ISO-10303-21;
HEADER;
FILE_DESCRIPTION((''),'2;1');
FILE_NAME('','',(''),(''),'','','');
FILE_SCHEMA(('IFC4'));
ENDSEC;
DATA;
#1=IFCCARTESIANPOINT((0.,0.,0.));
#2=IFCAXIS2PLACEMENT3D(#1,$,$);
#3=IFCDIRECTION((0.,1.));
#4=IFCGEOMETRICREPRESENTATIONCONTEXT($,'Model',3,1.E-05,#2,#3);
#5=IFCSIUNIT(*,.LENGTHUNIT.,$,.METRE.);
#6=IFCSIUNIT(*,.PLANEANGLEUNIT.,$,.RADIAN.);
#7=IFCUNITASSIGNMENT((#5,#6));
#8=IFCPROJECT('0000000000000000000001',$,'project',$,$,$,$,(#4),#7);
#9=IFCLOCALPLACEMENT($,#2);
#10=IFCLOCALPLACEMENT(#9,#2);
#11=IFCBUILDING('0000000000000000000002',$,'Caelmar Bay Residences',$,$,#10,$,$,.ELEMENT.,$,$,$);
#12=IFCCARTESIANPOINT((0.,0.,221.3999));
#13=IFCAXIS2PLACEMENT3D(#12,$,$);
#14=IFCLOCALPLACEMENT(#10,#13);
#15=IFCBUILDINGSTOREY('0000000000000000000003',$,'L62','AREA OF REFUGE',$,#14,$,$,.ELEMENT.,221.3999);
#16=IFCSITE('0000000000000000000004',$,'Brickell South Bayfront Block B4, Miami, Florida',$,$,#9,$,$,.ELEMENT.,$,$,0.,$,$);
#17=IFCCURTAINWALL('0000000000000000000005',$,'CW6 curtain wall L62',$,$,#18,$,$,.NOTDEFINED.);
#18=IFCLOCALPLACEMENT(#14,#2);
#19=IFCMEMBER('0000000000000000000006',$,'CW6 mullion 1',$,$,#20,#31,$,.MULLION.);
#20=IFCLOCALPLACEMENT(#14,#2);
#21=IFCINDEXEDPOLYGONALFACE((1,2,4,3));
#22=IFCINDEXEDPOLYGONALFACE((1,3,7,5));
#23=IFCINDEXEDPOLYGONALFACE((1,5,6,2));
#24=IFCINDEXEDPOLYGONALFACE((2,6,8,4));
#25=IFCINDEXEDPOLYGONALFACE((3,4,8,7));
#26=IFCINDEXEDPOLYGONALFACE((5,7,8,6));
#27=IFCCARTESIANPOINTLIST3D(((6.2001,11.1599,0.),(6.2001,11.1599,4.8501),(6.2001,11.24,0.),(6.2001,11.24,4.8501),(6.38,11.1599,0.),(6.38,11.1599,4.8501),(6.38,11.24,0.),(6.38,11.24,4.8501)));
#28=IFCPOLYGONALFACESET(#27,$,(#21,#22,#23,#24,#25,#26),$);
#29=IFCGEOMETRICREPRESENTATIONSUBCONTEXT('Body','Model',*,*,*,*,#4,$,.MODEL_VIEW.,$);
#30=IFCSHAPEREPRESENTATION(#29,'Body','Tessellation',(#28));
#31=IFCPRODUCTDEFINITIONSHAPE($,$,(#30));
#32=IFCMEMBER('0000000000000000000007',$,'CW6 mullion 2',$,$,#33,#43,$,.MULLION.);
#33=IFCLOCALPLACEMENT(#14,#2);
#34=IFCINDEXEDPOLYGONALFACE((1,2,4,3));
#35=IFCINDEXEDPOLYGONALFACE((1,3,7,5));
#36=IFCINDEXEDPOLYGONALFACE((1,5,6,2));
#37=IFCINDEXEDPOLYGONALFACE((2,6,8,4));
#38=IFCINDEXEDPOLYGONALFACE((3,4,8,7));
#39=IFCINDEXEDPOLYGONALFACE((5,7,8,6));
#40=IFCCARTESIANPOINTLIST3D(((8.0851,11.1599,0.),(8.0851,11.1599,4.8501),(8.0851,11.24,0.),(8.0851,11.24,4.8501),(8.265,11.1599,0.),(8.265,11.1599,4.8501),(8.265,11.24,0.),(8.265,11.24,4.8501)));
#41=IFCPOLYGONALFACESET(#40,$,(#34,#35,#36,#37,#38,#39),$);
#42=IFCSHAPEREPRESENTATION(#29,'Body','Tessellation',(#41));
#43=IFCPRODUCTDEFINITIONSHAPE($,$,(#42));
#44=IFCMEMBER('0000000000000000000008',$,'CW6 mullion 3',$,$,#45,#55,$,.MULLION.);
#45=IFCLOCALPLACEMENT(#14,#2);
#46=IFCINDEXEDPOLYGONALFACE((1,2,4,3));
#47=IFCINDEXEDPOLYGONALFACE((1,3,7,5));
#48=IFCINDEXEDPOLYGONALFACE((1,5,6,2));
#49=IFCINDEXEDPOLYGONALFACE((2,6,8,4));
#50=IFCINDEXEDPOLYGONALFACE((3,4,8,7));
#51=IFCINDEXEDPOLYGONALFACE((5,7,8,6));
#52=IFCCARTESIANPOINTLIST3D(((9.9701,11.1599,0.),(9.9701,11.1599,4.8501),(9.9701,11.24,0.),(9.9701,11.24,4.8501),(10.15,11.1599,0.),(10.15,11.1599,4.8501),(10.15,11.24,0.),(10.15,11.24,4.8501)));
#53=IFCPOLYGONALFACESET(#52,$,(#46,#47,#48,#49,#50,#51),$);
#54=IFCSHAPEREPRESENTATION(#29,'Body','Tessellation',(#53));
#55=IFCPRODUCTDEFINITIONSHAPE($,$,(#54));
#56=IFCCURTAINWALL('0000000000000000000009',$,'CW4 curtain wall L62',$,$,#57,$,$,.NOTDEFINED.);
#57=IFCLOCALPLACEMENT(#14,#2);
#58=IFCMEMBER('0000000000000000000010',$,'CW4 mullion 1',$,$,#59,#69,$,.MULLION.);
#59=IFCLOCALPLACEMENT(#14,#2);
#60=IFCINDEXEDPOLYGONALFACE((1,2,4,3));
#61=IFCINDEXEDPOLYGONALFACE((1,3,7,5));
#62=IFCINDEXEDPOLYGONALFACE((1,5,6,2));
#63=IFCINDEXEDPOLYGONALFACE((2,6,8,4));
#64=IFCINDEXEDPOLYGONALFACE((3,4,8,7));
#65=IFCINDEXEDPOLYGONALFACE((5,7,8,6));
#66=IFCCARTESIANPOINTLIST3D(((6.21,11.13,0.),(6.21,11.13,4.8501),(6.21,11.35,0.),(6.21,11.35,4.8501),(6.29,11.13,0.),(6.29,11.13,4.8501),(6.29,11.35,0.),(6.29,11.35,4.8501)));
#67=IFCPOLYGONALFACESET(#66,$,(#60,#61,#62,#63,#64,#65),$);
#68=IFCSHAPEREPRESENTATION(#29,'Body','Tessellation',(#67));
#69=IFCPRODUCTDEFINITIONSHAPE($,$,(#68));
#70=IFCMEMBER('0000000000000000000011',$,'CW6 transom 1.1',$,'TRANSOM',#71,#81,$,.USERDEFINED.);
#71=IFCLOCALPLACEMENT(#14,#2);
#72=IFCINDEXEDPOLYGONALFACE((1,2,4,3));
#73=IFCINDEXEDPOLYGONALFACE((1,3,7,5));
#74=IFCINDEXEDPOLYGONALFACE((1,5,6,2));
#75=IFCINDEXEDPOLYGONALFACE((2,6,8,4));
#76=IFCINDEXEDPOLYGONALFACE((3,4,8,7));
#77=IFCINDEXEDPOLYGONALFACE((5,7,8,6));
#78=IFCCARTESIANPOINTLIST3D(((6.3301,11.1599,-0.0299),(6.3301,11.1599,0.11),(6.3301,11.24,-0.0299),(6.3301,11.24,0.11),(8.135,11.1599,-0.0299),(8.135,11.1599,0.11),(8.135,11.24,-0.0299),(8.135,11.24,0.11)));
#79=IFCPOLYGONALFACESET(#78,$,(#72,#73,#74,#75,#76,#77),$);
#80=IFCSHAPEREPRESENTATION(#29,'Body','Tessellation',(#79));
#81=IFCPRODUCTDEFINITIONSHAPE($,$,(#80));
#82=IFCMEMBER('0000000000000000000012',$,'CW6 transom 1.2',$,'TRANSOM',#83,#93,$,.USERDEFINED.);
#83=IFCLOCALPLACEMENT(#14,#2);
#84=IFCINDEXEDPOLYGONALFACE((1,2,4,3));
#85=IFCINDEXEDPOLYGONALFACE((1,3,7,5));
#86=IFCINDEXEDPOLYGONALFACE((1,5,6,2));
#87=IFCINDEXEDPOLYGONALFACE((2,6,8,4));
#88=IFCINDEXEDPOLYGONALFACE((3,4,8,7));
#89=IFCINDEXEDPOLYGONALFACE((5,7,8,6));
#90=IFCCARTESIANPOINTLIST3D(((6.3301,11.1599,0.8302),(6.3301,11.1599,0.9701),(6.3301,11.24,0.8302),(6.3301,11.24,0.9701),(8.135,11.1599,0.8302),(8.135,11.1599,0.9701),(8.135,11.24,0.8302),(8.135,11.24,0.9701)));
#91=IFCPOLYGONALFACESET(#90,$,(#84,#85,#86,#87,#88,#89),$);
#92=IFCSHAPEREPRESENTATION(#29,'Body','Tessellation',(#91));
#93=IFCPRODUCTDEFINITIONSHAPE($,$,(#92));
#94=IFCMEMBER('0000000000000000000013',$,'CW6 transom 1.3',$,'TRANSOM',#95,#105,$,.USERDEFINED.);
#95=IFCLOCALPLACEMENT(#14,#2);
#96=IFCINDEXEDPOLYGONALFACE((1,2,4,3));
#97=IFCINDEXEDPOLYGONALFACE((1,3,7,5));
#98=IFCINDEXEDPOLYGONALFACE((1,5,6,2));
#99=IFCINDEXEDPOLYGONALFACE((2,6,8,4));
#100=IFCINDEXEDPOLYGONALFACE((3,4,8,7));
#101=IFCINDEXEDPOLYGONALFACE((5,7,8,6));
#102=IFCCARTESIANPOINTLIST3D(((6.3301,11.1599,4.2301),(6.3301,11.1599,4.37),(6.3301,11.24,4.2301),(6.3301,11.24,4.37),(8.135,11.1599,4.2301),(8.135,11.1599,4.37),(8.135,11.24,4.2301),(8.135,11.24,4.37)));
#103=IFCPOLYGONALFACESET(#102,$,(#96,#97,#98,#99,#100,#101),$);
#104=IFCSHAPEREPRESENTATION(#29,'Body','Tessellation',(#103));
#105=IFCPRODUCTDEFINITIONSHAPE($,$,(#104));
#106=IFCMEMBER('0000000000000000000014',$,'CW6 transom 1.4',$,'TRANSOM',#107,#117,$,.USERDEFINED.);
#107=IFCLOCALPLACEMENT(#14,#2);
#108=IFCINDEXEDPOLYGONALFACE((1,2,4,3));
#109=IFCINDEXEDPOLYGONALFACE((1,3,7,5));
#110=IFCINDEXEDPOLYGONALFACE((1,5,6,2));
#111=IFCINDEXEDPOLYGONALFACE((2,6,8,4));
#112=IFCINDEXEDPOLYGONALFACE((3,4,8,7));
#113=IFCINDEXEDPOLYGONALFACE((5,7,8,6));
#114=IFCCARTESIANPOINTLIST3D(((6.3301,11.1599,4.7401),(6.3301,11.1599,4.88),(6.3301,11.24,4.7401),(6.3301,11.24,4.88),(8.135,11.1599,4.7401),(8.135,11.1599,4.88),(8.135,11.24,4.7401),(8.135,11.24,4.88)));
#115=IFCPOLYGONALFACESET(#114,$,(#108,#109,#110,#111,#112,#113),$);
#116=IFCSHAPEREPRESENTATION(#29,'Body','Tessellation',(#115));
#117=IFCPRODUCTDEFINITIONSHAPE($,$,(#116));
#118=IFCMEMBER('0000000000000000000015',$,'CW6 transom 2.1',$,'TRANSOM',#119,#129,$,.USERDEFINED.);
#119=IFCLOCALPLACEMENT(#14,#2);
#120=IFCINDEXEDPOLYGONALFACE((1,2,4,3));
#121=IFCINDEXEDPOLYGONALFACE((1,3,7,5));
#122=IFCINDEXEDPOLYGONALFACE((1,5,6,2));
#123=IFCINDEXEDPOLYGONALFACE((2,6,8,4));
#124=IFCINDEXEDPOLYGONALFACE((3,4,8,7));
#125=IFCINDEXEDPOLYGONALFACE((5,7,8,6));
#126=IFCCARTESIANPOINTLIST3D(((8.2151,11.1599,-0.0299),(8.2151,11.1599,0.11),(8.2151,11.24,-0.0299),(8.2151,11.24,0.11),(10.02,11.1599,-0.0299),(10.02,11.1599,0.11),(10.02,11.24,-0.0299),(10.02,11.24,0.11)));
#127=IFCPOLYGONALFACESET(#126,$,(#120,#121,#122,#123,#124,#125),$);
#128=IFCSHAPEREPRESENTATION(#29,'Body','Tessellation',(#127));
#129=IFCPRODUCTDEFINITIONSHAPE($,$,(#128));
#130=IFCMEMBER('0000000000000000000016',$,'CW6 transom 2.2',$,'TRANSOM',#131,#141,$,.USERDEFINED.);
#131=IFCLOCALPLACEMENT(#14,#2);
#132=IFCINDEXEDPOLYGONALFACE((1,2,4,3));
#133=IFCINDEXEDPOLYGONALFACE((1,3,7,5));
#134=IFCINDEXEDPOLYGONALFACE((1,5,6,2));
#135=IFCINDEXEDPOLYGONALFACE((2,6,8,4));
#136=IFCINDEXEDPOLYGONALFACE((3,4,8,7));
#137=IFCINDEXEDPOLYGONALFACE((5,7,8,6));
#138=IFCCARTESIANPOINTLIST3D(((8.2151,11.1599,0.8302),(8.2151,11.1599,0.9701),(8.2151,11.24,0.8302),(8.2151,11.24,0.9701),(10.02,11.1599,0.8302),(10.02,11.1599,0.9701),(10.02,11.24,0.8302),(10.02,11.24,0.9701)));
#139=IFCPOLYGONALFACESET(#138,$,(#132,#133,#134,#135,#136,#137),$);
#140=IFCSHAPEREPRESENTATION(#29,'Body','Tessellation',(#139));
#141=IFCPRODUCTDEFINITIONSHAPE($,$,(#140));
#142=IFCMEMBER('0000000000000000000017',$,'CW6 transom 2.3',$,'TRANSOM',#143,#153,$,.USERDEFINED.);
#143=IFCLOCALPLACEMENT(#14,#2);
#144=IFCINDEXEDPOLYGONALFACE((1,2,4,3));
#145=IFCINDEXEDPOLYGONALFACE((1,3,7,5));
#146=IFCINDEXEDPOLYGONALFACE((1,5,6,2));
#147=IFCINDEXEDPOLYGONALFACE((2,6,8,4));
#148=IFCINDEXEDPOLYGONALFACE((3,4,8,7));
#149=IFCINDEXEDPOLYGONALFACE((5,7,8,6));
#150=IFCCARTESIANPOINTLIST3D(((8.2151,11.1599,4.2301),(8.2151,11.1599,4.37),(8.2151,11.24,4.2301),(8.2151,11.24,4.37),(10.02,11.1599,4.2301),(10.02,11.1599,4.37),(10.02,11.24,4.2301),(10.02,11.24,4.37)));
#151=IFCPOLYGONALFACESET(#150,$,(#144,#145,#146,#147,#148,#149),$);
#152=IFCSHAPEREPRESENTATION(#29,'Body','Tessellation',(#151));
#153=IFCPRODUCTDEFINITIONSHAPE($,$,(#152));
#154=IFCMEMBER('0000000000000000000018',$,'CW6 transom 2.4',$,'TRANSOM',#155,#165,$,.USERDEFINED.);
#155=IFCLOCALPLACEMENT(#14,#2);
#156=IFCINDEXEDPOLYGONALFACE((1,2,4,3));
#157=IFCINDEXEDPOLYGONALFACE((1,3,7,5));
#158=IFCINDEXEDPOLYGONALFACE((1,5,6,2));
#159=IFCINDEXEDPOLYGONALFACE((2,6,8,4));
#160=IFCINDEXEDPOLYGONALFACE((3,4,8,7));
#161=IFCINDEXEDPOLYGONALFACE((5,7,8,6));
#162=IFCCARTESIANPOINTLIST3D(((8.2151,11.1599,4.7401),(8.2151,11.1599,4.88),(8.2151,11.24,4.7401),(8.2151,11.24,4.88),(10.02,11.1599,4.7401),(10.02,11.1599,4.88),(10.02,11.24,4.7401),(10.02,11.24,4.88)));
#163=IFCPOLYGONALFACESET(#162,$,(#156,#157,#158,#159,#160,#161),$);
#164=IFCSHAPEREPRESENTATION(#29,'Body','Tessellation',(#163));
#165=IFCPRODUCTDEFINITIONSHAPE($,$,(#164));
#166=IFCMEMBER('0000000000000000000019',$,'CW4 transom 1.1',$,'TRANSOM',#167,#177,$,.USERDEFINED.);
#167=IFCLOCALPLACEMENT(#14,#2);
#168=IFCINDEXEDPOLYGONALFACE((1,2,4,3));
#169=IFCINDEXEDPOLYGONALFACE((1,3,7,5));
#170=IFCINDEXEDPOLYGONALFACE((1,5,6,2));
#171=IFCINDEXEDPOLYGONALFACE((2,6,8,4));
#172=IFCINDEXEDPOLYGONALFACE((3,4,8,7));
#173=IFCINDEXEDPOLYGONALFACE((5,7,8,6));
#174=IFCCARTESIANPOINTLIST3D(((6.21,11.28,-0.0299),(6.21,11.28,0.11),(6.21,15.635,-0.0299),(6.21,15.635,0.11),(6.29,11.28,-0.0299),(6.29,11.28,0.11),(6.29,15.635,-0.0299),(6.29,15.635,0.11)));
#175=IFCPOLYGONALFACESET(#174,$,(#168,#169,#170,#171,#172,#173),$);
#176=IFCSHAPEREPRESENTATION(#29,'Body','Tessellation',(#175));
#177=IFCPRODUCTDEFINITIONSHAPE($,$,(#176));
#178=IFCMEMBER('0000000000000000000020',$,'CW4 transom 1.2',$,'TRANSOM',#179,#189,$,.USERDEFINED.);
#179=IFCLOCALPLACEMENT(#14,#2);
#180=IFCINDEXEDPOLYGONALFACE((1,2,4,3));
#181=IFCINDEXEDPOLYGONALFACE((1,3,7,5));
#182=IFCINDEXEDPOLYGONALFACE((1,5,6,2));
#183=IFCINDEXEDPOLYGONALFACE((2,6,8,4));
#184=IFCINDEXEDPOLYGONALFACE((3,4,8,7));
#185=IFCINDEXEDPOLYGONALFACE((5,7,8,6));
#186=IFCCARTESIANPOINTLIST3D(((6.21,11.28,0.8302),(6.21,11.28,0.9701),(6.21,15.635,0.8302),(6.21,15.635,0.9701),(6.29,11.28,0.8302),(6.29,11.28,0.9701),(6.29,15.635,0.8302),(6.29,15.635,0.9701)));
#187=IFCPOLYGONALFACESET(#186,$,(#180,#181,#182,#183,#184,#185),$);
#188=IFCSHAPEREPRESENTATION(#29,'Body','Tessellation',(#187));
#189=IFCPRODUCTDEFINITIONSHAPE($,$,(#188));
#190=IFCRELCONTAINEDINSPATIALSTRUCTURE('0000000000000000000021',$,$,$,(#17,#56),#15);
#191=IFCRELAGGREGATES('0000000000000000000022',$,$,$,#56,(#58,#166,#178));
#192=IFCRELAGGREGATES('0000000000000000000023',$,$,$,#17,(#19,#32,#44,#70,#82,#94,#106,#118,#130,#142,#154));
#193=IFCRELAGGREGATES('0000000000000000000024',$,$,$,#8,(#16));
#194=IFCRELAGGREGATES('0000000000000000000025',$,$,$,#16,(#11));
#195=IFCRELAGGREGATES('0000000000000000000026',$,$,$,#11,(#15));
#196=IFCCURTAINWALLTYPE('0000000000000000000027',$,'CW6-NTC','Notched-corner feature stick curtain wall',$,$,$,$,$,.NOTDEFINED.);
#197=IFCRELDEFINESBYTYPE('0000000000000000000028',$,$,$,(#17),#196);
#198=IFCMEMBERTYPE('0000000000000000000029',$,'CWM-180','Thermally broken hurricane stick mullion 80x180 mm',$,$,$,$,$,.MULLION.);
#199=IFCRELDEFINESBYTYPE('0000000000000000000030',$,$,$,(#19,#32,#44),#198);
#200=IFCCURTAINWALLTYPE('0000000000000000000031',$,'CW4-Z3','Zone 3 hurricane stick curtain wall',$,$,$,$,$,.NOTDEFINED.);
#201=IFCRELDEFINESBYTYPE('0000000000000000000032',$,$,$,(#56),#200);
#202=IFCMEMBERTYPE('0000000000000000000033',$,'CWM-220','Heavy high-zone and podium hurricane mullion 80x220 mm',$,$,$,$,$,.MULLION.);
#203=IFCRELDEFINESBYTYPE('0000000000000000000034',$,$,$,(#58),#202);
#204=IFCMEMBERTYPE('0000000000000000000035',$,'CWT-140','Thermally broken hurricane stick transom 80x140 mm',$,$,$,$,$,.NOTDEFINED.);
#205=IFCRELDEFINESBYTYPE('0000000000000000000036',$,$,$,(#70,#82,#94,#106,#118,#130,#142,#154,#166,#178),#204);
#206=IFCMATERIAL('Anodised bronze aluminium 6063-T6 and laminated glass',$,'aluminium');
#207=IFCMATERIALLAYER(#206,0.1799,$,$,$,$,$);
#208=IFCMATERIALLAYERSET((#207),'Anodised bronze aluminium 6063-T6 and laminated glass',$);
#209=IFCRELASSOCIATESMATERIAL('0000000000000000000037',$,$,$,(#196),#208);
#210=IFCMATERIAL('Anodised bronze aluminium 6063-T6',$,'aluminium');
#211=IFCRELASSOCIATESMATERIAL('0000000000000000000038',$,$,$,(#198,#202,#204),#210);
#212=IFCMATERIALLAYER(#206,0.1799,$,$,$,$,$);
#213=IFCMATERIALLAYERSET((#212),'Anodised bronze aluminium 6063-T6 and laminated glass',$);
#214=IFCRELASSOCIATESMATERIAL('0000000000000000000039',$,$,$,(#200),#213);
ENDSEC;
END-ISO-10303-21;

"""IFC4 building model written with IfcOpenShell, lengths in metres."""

from ifc_helpers import new_model, si_unit, direction, frame, origin, origin_2d, place, context, subcontext, project, spatial, rectangle, extrude, material, layer, layer_set, material_profile, profile_set, type_object, element, aggregate, save


model = new_model("IFC4")

# Units and contexts
model_context = context("Model", 3, precision=1e-05, world=origin(), true_north=direction((0.0, 1.0)))
body_context = subcontext(model_context, "Body", "Model", "MODEL_VIEW")
ifc_project = project(units=[si_unit("LENGTHUNIT", "METRE"), si_unit("PLANEANGLEUNIT", "RADIAN")], contexts=[model_context])

# Site, building, storey
site_placement = place(None, origin())
site = spatial("IfcSite", under=ifc_project, at=site_placement, Name="Brickell South Bayfront Block B4, Miami, Florida", CompositionType="ELEMENT", RefElevation=0.0)
building_placement = place(site_placement, origin())
building = spatial("IfcBuilding", under=site, at=building_placement, Name="Caelmar Bay Residences", CompositionType="ELEMENT")
storey_placement = place(building_placement, frame((0.0, 0.0, 221.3999)))
storey = spatial("IfcBuildingStorey", under=building, at=storey_placement, Name="L62", Description="AREA OF REFUGE", CompositionType="ELEMENT", Elevation=221.3999)

# Curtain wall, members
ifc_material_1 = material(Name="Anodised bronze aluminium 6063-T6 and laminated glass", Category="aluminium")
ifc_layer_1 = layer(ifc_material_1, 0.1799)
ifc_layer_set_1 = layer_set([ifc_layer_1], Name="Anodised bronze aluminium 6063-T6 and laminated glass")
curtain_wall_type_1 = type_object("IfcCurtainWallType", Name="CW6-NTC", Description="Notched-corner feature stick curtain wall", PredefinedType="NOTDEFINED", material=ifc_layer_set_1)
curtain_wall_1_placement = place(storey_placement, origin())
curtain_wall_1 = element("IfcCurtainWall", 1, at=curtain_wall_1_placement, inside=storey, type_object=curtain_wall_type_1, Name="CW6 curtain wall L62", PredefinedType="NOTDEFINED")
ifc_material_2 = material(Name="Anodised bronze aluminium 6063-T6", Category="aluminium")
ifc_material_profile_1 = material_profile(ifc_material_2, rectangle(XDim=0.0801, YDim=0.1799, at=origin_2d()), Name="CWM-80X180")
ifc_profile_set_1 = profile_set([ifc_material_profile_1], Name="Anodised bronze aluminium 6063-T6")
member_type_1 = type_object("IfcMemberType", Name="CWM-180", Description="Thermally broken hurricane stick mullion 80x180 mm", PredefinedType="MULLION", material=ifc_profile_set_1)
member_1_placement = place(storey_placement, frame((6.29, 11.2, 0.0), z_axis=(0.0, 0.0, 1.0), x_axis=(0.0, 1.0, 0.0)))
member_1 = element("IfcMember", 2, at=member_1_placement, type_object=member_type_1, Name="CW6 mullion 1", PredefinedType="MULLION", context=body_context, shape_type="SweptSolid", body=[
    extrude(rectangle(XDim=0.0801, YDim=0.1799, at=origin_2d()), origin(), (0.0, 0.0, 1.0), 4.8501),
])
member_2_placement = place(storey_placement, frame((8.175, 11.2, 0.0), z_axis=(0.0, 0.0, 1.0), x_axis=(0.0, 1.0, 0.0)))
member_2 = element("IfcMember", 3, at=member_2_placement, type_object=member_type_1, Name="CW6 mullion 2", PredefinedType="MULLION", context=body_context, shape_type="SweptSolid", body=[
    extrude(rectangle(XDim=0.0801, YDim=0.1799, at=origin_2d()), origin(), (0.0, 0.0, 1.0), 4.8501),
])
member_3_placement = place(storey_placement, frame((10.0601, 11.2, 0.0), z_axis=(0.0, 0.0, 1.0), x_axis=(0.0, 1.0, 0.0)))
member_3 = element("IfcMember", 4, at=member_3_placement, type_object=member_type_1, Name="CW6 mullion 3", PredefinedType="MULLION", context=body_context, shape_type="SweptSolid", body=[
    extrude(rectangle(XDim=0.0801, YDim=0.1799, at=origin_2d()), origin(), (0.0, 0.0, 1.0), 4.8501),
])

# Curtain wall, member
ifc_layer_2 = layer(ifc_material_1, 0.1799)
ifc_layer_set_2 = layer_set([ifc_layer_2], Name="Anodised bronze aluminium 6063-T6 and laminated glass")
curtain_wall_type_2 = type_object("IfcCurtainWallType", Name="CW4-Z3", Description="Zone 3 hurricane stick curtain wall", PredefinedType="NOTDEFINED", material=ifc_layer_set_2)
curtain_wall_2_placement = place(storey_placement, origin())
curtain_wall_2 = element("IfcCurtainWall", 5, at=curtain_wall_2_placement, inside=storey, type_object=curtain_wall_type_2, Name="CW4 curtain wall L62", PredefinedType="NOTDEFINED")
ifc_material_profile_2 = material_profile(ifc_material_2, rectangle(XDim=0.0801, YDim=0.22, at=origin_2d()), Name="CWM-80X220")
ifc_profile_set_2 = profile_set([ifc_material_profile_2], Name="Anodised bronze aluminium 6063-T6")
member_type_2 = type_object("IfcMemberType", Name="CWM-220", Description="Heavy high-zone and podium hurricane mullion 80x220 mm", PredefinedType="MULLION", material=ifc_profile_set_2)
member_4_placement = place(storey_placement, frame((6.25, 11.24, 0.0), z_axis=(0.0, 0.0, 1.0), x_axis=(-1.0, 0.0, 0.0)))
member_4 = element("IfcMember", 6, at=member_4_placement, type_object=member_type_2, Name="CW4 mullion 1", PredefinedType="MULLION", context=body_context, shape_type="SweptSolid", body=[
    extrude(rectangle(XDim=0.0801, YDim=0.22, at=origin_2d()), origin(), (0.0, 0.0, 1.0), 4.8501),
])

# Members
ifc_material_profile_3 = material_profile(ifc_material_2, rectangle(XDim=0.0801, YDim=0.1399, at=origin_2d()), Name="CWT-80X140")
ifc_profile_set_3 = profile_set([ifc_material_profile_3], Name="Anodised bronze aluminium 6063-T6")
member_type_3 = type_object("IfcMemberType", Name="CWT-140", Description="Thermally broken hurricane stick transom 80x140 mm", PredefinedType="NOTDEFINED", material=ifc_profile_set_3)
member_5_placement = place(storey_placement, frame((6.3301, 11.2, 0.04), z_axis=(1.0, 0.0, 0.0), x_axis=(0.0, 1.0, 0.0)))
member_5 = element("IfcMember", 7, at=member_5_placement, type_object=member_type_3, Name="CW6 transom 1.1", ObjectType="TRANSOM", PredefinedType="USERDEFINED", context=body_context, shape_type="SweptSolid", body=[
    extrude(rectangle(XDim=0.0801, YDim=0.1399, at=origin_2d()), origin(), (0.0, 0.0, 1.0), 1.8049),
])
member_6_placement = place(storey_placement, frame((6.3301, 11.2, 0.9001), z_axis=(1.0, 0.0, 0.0), x_axis=(0.0, 1.0, 0.0)))
member_6 = element("IfcMember", 8, at=member_6_placement, type_object=member_type_3, Name="CW6 transom 1.2", ObjectType="TRANSOM", PredefinedType="USERDEFINED", context=body_context, shape_type="SweptSolid", body=[
    extrude(rectangle(XDim=0.0801, YDim=0.1399, at=origin_2d()), origin(), (0.0, 0.0, 1.0), 1.8049),
])
member_7_placement = place(storey_placement, frame((6.3301, 11.2, 4.3), z_axis=(1.0, 0.0, 0.0), x_axis=(0.0, 1.0, 0.0)))
member_7 = element("IfcMember", 9, at=member_7_placement, type_object=member_type_3, Name="CW6 transom 1.3", ObjectType="TRANSOM", PredefinedType="USERDEFINED", context=body_context, shape_type="SweptSolid", body=[
    extrude(rectangle(XDim=0.0801, YDim=0.1399, at=origin_2d()), origin(), (0.0, 0.0, 1.0), 1.8049),
])
member_8_placement = place(storey_placement, frame((6.3301, 11.2, 4.8101), z_axis=(1.0, 0.0, 0.0), x_axis=(0.0, 1.0, 0.0)))
member_8 = element("IfcMember", 10, at=member_8_placement, type_object=member_type_3, Name="CW6 transom 1.4", ObjectType="TRANSOM", PredefinedType="USERDEFINED", context=body_context, shape_type="SweptSolid", body=[
    extrude(rectangle(XDim=0.0801, YDim=0.1399, at=origin_2d()), origin(), (0.0, 0.0, 1.0), 1.8049),
])
member_9_placement = place(storey_placement, frame((8.2151, 11.2, 0.04), z_axis=(1.0, 0.0, 0.0), x_axis=(0.0, 1.0, 0.0)))
member_9 = element("IfcMember", 11, at=member_9_placement, type_object=member_type_3, Name="CW6 transom 2.1", ObjectType="TRANSOM", PredefinedType="USERDEFINED", context=body_context, shape_type="SweptSolid", body=[
    extrude(rectangle(XDim=0.0801, YDim=0.1399, at=origin_2d()), origin(), (0.0, 0.0, 1.0), 1.8049),
])
member_10_placement = place(storey_placement, frame((8.2151, 11.2, 0.9001), z_axis=(1.0, 0.0, 0.0), x_axis=(0.0, 1.0, 0.0)))
member_10 = element("IfcMember", 12, at=member_10_placement, type_object=member_type_3, Name="CW6 transom 2.2", ObjectType="TRANSOM", PredefinedType="USERDEFINED", context=body_context, shape_type="SweptSolid", body=[
    extrude(rectangle(XDim=0.0801, YDim=0.1399, at=origin_2d()), origin(), (0.0, 0.0, 1.0), 1.8049),
])
member_11_placement = place(storey_placement, frame((8.2151, 11.2, 4.3), z_axis=(1.0, 0.0, 0.0), x_axis=(0.0, 1.0, 0.0)))
member_11 = element("IfcMember", 13, at=member_11_placement, type_object=member_type_3, Name="CW6 transom 2.3", ObjectType="TRANSOM", PredefinedType="USERDEFINED", context=body_context, shape_type="SweptSolid", body=[
    extrude(rectangle(XDim=0.0801, YDim=0.1399, at=origin_2d()), origin(), (0.0, 0.0, 1.0), 1.8049),
])
member_12_placement = place(storey_placement, frame((8.2151, 11.2, 4.8101), z_axis=(1.0, 0.0, 0.0), x_axis=(0.0, 1.0, 0.0)))
member_12 = element("IfcMember", 14, at=member_12_placement, type_object=member_type_3, Name="CW6 transom 2.4", ObjectType="TRANSOM", PredefinedType="USERDEFINED", context=body_context, shape_type="SweptSolid", body=[
    extrude(rectangle(XDim=0.0801, YDim=0.1399, at=origin_2d()), origin(), (0.0, 0.0, 1.0), 1.8049),
])
member_13_placement = place(storey_placement, frame((6.25, 11.28, 0.04), z_axis=(0.0, 1.0, 0.0), x_axis=(-1.0, 0.0, 0.0)))
member_13 = element("IfcMember", 15, at=member_13_placement, type_object=member_type_3, Name="CW4 transom 1.1", ObjectType="TRANSOM", PredefinedType="USERDEFINED", context=body_context, shape_type="SweptSolid", body=[
    extrude(rectangle(XDim=0.0801, YDim=0.1399, at=origin_2d()), origin(), (0.0, 0.0, 1.0), 4.355),
])
member_14_placement = place(storey_placement, frame((6.25, 11.28, 0.9001), z_axis=(0.0, 1.0, 0.0), x_axis=(-1.0, 0.0, 0.0)))
member_14 = element("IfcMember", 16, at=member_14_placement, type_object=member_type_3, Name="CW4 transom 1.2", ObjectType="TRANSOM", PredefinedType="USERDEFINED", context=body_context, shape_type="SweptSolid", body=[
    extrude(rectangle(XDim=0.0801, YDim=0.1399, at=origin_2d()), origin(), (0.0, 0.0, 1.0), 4.355),
])
aggregate(curtain_wall_2, [member_4, member_13, member_14])

aggregate(curtain_wall_1, [member_1, member_2, member_3, member_5, member_6, member_7, member_8, member_9, member_10, member_11, member_12])

save(model, "model.ifc")
